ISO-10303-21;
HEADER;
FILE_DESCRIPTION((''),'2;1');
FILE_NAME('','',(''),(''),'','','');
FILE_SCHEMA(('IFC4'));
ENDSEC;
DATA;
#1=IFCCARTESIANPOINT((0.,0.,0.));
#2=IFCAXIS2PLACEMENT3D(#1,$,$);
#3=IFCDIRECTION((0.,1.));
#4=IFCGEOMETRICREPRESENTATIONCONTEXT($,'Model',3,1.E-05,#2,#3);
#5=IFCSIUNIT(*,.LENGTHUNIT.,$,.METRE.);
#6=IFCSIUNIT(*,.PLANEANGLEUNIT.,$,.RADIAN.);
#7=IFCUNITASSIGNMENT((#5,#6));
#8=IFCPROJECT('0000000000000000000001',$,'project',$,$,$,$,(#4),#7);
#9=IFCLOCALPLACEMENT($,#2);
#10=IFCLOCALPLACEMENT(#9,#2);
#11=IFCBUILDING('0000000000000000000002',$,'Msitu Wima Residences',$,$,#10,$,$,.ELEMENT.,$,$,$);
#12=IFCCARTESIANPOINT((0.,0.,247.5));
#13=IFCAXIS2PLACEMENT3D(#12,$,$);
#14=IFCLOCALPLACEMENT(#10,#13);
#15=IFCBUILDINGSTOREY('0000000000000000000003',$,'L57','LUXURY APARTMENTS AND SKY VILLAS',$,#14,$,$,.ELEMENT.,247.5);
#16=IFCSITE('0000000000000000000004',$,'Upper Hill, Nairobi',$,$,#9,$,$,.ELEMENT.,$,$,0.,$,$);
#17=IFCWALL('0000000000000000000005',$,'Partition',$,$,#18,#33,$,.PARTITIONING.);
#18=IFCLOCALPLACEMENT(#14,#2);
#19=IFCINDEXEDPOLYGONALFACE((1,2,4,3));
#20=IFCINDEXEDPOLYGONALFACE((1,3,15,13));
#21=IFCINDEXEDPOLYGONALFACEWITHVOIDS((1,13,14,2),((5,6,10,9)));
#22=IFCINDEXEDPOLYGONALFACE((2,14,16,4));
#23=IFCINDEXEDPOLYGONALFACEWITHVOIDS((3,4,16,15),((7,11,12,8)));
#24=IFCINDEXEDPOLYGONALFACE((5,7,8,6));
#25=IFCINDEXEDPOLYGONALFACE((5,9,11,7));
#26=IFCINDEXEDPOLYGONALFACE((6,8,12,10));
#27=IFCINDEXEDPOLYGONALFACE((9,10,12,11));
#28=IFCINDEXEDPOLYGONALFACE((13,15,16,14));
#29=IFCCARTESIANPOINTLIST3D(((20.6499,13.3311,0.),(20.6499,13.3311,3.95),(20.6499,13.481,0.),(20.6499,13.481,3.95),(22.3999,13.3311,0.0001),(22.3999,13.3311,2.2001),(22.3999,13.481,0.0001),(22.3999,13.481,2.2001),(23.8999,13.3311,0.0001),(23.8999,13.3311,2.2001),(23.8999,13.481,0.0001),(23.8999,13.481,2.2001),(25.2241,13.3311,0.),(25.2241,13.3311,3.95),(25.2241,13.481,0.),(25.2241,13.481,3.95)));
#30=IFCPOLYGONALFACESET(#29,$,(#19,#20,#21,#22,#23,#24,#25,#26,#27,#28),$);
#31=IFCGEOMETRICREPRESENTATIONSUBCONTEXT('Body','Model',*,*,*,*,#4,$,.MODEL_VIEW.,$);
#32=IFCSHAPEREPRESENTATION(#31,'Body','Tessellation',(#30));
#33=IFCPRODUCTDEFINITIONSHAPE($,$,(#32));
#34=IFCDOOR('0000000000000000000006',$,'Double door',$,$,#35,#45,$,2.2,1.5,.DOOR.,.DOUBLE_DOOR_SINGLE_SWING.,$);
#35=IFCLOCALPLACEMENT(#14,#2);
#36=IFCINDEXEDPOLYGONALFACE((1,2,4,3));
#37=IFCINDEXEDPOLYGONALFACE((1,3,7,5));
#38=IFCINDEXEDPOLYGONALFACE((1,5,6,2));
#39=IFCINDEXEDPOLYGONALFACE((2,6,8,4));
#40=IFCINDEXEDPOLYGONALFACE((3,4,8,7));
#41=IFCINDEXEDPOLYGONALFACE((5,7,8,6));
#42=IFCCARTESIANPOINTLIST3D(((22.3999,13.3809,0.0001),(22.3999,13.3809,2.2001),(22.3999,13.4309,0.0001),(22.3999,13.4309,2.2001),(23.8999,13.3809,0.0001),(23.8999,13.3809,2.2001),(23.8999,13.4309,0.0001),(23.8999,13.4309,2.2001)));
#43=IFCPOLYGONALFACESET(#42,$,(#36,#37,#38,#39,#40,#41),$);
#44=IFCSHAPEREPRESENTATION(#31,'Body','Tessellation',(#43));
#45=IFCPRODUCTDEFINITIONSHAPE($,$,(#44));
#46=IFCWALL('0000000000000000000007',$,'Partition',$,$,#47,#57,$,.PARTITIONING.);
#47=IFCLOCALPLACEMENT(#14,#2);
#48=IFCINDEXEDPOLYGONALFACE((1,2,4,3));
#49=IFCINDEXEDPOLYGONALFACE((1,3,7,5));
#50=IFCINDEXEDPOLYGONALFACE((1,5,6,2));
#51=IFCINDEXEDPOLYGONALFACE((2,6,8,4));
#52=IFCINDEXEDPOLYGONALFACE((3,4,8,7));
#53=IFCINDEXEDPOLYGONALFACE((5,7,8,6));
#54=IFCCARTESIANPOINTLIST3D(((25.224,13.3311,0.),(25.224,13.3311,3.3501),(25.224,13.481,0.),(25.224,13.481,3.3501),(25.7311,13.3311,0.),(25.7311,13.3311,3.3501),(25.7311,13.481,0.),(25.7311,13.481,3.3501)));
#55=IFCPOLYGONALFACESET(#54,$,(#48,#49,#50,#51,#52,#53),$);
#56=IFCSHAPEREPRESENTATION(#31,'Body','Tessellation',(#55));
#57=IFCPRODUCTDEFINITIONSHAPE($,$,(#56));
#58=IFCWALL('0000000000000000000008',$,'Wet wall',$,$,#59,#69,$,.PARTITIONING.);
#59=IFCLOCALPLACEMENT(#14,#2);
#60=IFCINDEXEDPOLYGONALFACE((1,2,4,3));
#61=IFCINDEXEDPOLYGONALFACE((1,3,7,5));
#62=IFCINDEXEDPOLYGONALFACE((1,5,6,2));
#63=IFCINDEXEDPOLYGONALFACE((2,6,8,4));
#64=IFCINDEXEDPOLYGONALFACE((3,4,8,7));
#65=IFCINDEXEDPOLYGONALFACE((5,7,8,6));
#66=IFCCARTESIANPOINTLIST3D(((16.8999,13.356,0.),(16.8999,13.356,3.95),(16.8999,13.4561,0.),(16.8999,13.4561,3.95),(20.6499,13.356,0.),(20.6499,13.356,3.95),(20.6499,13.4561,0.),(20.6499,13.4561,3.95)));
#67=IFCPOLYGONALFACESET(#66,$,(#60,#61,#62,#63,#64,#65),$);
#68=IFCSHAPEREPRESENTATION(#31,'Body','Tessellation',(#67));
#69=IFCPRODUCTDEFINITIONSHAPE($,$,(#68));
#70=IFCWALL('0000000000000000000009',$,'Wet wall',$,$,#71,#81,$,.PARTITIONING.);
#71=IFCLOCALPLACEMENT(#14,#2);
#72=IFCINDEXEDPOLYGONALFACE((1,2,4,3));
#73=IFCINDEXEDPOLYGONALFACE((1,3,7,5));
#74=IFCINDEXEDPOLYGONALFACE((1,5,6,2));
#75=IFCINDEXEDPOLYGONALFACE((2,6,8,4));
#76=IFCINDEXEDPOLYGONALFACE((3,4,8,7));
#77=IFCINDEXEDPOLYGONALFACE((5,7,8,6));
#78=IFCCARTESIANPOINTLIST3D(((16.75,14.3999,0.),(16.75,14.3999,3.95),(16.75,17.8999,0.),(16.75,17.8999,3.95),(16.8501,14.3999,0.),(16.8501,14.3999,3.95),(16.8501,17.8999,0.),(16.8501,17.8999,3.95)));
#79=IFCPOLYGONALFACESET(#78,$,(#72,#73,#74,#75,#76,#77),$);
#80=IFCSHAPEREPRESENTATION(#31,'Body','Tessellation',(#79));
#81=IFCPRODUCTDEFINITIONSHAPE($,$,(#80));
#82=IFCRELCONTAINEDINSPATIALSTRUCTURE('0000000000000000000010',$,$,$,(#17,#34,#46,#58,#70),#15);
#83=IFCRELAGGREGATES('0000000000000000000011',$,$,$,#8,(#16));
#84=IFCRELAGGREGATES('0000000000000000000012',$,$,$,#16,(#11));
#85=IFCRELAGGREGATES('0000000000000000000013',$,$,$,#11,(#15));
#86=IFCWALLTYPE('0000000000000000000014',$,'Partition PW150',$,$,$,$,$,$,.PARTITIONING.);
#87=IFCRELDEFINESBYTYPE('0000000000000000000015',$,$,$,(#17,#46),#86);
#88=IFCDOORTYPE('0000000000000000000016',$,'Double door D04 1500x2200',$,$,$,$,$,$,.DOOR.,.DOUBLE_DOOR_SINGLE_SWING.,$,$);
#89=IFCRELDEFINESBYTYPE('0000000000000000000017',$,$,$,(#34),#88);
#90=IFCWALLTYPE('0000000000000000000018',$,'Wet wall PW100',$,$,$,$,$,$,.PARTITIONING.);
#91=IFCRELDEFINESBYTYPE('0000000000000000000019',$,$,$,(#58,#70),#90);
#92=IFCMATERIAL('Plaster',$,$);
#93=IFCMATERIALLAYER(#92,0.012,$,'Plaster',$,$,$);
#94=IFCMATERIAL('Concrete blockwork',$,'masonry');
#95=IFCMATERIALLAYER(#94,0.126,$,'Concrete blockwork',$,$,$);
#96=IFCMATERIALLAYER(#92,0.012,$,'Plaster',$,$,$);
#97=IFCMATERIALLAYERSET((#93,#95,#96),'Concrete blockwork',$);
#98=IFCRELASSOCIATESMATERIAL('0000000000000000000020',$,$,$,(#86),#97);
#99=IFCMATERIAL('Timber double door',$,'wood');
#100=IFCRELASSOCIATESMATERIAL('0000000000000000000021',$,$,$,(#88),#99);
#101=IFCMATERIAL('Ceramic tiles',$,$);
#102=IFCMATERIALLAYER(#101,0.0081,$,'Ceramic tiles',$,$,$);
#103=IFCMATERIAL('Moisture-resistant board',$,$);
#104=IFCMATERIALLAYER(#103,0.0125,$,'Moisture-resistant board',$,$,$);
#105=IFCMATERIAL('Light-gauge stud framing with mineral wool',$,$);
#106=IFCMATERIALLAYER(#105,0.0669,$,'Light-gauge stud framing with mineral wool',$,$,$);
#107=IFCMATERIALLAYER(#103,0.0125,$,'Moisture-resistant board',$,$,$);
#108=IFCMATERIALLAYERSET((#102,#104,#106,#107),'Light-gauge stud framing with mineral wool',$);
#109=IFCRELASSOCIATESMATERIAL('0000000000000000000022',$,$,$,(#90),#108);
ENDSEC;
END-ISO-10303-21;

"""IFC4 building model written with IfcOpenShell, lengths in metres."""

from ifc_helpers import new_model, si_unit, direction, frame, frame_2d, origin, place, context, subcontext, project, spatial, rectangle, extrude, material, layer, layer_set, type_object, element, fill, save


model = new_model("IFC4")

# Units and contexts
model_context = context("Model", 3, precision=1e-05, world=origin(), true_north=direction((0.0, 1.0)))
body_context = subcontext(model_context, "Body", "Model", "MODEL_VIEW")
ifc_project = project(units=[si_unit("LENGTHUNIT", "METRE"), si_unit("PLANEANGLEUNIT", "RADIAN")], contexts=[model_context])

# Site, building, storey
site_placement = place(None, origin())
site = spatial("IfcSite", under=ifc_project, at=site_placement, Name="Upper Hill, Nairobi", CompositionType="ELEMENT", RefElevation=0.0)
building_placement = place(site_placement, origin())
building = spatial("IfcBuilding", under=site, at=building_placement, Name="Msitu Wima Residences", CompositionType="ELEMENT")
storey_placement = place(building_placement, frame((0.0, 0.0, 247.5)))
storey = spatial("IfcBuildingStorey", under=building, at=storey_placement, Name="L57", Description="LUXURY APARTMENTS AND SKY VILLAS", CompositionType="ELEMENT", Elevation=247.5)

# Shared definitions
ifc_material_1 = material(Name="Plaster")
ifc_material_2 = material(Name="Concrete blockwork", Category="masonry")

# Shared definitions
ifc_layer_1 = layer(ifc_material_1, 0.012, Name="Plaster")
ifc_layer_2 = layer(ifc_material_2, 0.126, Name="Concrete blockwork")
ifc_layer_3 = layer(ifc_material_1, 0.012, Name="Plaster")
ifc_layer_set_1 = layer_set([ifc_layer_1, ifc_layer_2, ifc_layer_3], Name="Concrete blockwork")
wall_type_1 = type_object("IfcWallType", Name="Partition PW150", PredefinedType="PARTITIONING", material=ifc_layer_set_1)

# Wall, opening, door
wall_1_placement = place(storey_placement, frame((20.6499, 13.406, 0.0), z_axis=(0.0, 0.0, 1.0), x_axis=(1.0, 0.0, 0.0)))
wall_1 = element("IfcWall", 1, at=wall_1_placement, inside=storey, type_object=wall_type_1, Name="Partition", PredefinedType="PARTITIONING", context=body_context, shape_type="SweptSolid", body=[
    extrude(rectangle(XDim=4.5742, YDim=0.1499, at=frame_2d((2.2871, 0.0))), origin(), (0.0, 0.0, 1.0), 3.95),
])
opening_1_placement = place(wall_1_placement, frame((1.75, 0.0, 0.0)))
opening_1 = element("IfcOpeningElement", 2, at=opening_1_placement, cuts=wall_1, PredefinedType="OPENING", context=body_context, shape_type="SweptSolid", body=[
    extrude(rectangle(XDim=1.5, YDim=2.2, at=frame_2d((0.75, 1.1001))), frame((0.0, 0.085, 0.0), z_axis=(0.0, -1.0, 0.0), x_axis=(1.0, 0.0, 0.0)), (0.0, 0.0, 1.0), 0.1699),
])
ifc_material_3 = material(Name="Timber double door", Category="wood")
door_type_1 = type_object("IfcDoorType", Name="Double door D04 1500x2200", OperationType="DOUBLE_DOOR_SINGLE_SWING", PredefinedType="DOOR", material=ifc_material_3)
door_1_placement = place(opening_1_placement, origin())
door_1 = element("IfcDoor", 3, at=door_1_placement, inside=storey, type_object=door_type_1, Name="Double door", OperationType="DOUBLE_DOOR_SINGLE_SWING", OverallHeight=2.2, OverallWidth=1.5, PredefinedType="DOOR", context=body_context, shape_type="SweptSolid", body=[
    extrude(rectangle(XDim=1.5, YDim=2.2, at=frame_2d((0.75, 1.1001))), frame((0.0, 0.0249, 0.0), z_axis=(0.0, -1.0, 0.0), x_axis=(1.0, 0.0, 0.0)), (0.0, 0.0, 1.0), 0.05),
])
fill(opening_1, door_1)

# Walls
wall_2_placement = place(storey_placement, frame((25.2241, 13.406, 0.0), z_axis=(0.0, 0.0, 1.0), x_axis=(1.0, 0.0, 0.0)))
element("IfcWall", 4, at=wall_2_placement, inside=storey, type_object=wall_type_1, Name="Partition", PredefinedType="PARTITIONING", context=body_context, shape_type="SweptSolid", body=[
    extrude(rectangle(XDim=0.5071, YDim=0.1499, at=frame_2d((0.2534, 0.0))), origin(), (0.0, 0.0, 1.0), 3.3501),
])
ifc_material_4 = material(Name="Ceramic tiles")
ifc_layer_4 = layer(ifc_material_4, 0.0081, Name="Ceramic tiles")
ifc_material_5 = material(Name="Moisture-resistant board")
ifc_layer_5 = layer(ifc_material_5, 0.0125, Name="Moisture-resistant board")
ifc_material_6 = material(Name="Light-gauge stud framing with mineral wool")
ifc_layer_6 = layer(ifc_material_6, 0.0669, Name="Light-gauge stud framing with mineral wool")
ifc_layer_7 = layer(ifc_material_5, 0.0125, Name="Moisture-resistant board")
ifc_layer_set_2 = layer_set([ifc_layer_4, ifc_layer_5, ifc_layer_6, ifc_layer_7], Name="Light-gauge stud framing with mineral wool")
wall_type_2 = type_object("IfcWallType", Name="Wet wall PW100", PredefinedType="PARTITIONING", material=ifc_layer_set_2)
wall_3_placement = place(storey_placement, frame((16.8999, 13.406, 0.0), z_axis=(0.0, 0.0, 1.0), x_axis=(1.0, 0.0, 0.0)))
element("IfcWall", 5, at=wall_3_placement, inside=storey, type_object=wall_type_2, Name="Wet wall", PredefinedType="PARTITIONING", context=body_context, shape_type="SweptSolid", body=[
    extrude(rectangle(XDim=3.75, YDim=0.1001, at=frame_2d((1.875, 0.0))), origin(), (0.0, 0.0, 1.0), 3.95),
])
wall_4_placement = place(storey_placement, frame((16.8, 14.3999, 0.0), z_axis=(0.0, 0.0, 1.0), x_axis=(0.0, 1.0, 0.0)))
element("IfcWall", 6, at=wall_4_placement, inside=storey, type_object=wall_type_2, Name="Wet wall", PredefinedType="PARTITIONING", context=body_context, shape_type="SweptSolid", body=[
    extrude(rectangle(XDim=3.5, YDim=0.1001, at=frame_2d((1.75, 0.0))), origin(), (0.0, 0.0, 1.0), 3.95),
])

save(model, "model.ifc")
